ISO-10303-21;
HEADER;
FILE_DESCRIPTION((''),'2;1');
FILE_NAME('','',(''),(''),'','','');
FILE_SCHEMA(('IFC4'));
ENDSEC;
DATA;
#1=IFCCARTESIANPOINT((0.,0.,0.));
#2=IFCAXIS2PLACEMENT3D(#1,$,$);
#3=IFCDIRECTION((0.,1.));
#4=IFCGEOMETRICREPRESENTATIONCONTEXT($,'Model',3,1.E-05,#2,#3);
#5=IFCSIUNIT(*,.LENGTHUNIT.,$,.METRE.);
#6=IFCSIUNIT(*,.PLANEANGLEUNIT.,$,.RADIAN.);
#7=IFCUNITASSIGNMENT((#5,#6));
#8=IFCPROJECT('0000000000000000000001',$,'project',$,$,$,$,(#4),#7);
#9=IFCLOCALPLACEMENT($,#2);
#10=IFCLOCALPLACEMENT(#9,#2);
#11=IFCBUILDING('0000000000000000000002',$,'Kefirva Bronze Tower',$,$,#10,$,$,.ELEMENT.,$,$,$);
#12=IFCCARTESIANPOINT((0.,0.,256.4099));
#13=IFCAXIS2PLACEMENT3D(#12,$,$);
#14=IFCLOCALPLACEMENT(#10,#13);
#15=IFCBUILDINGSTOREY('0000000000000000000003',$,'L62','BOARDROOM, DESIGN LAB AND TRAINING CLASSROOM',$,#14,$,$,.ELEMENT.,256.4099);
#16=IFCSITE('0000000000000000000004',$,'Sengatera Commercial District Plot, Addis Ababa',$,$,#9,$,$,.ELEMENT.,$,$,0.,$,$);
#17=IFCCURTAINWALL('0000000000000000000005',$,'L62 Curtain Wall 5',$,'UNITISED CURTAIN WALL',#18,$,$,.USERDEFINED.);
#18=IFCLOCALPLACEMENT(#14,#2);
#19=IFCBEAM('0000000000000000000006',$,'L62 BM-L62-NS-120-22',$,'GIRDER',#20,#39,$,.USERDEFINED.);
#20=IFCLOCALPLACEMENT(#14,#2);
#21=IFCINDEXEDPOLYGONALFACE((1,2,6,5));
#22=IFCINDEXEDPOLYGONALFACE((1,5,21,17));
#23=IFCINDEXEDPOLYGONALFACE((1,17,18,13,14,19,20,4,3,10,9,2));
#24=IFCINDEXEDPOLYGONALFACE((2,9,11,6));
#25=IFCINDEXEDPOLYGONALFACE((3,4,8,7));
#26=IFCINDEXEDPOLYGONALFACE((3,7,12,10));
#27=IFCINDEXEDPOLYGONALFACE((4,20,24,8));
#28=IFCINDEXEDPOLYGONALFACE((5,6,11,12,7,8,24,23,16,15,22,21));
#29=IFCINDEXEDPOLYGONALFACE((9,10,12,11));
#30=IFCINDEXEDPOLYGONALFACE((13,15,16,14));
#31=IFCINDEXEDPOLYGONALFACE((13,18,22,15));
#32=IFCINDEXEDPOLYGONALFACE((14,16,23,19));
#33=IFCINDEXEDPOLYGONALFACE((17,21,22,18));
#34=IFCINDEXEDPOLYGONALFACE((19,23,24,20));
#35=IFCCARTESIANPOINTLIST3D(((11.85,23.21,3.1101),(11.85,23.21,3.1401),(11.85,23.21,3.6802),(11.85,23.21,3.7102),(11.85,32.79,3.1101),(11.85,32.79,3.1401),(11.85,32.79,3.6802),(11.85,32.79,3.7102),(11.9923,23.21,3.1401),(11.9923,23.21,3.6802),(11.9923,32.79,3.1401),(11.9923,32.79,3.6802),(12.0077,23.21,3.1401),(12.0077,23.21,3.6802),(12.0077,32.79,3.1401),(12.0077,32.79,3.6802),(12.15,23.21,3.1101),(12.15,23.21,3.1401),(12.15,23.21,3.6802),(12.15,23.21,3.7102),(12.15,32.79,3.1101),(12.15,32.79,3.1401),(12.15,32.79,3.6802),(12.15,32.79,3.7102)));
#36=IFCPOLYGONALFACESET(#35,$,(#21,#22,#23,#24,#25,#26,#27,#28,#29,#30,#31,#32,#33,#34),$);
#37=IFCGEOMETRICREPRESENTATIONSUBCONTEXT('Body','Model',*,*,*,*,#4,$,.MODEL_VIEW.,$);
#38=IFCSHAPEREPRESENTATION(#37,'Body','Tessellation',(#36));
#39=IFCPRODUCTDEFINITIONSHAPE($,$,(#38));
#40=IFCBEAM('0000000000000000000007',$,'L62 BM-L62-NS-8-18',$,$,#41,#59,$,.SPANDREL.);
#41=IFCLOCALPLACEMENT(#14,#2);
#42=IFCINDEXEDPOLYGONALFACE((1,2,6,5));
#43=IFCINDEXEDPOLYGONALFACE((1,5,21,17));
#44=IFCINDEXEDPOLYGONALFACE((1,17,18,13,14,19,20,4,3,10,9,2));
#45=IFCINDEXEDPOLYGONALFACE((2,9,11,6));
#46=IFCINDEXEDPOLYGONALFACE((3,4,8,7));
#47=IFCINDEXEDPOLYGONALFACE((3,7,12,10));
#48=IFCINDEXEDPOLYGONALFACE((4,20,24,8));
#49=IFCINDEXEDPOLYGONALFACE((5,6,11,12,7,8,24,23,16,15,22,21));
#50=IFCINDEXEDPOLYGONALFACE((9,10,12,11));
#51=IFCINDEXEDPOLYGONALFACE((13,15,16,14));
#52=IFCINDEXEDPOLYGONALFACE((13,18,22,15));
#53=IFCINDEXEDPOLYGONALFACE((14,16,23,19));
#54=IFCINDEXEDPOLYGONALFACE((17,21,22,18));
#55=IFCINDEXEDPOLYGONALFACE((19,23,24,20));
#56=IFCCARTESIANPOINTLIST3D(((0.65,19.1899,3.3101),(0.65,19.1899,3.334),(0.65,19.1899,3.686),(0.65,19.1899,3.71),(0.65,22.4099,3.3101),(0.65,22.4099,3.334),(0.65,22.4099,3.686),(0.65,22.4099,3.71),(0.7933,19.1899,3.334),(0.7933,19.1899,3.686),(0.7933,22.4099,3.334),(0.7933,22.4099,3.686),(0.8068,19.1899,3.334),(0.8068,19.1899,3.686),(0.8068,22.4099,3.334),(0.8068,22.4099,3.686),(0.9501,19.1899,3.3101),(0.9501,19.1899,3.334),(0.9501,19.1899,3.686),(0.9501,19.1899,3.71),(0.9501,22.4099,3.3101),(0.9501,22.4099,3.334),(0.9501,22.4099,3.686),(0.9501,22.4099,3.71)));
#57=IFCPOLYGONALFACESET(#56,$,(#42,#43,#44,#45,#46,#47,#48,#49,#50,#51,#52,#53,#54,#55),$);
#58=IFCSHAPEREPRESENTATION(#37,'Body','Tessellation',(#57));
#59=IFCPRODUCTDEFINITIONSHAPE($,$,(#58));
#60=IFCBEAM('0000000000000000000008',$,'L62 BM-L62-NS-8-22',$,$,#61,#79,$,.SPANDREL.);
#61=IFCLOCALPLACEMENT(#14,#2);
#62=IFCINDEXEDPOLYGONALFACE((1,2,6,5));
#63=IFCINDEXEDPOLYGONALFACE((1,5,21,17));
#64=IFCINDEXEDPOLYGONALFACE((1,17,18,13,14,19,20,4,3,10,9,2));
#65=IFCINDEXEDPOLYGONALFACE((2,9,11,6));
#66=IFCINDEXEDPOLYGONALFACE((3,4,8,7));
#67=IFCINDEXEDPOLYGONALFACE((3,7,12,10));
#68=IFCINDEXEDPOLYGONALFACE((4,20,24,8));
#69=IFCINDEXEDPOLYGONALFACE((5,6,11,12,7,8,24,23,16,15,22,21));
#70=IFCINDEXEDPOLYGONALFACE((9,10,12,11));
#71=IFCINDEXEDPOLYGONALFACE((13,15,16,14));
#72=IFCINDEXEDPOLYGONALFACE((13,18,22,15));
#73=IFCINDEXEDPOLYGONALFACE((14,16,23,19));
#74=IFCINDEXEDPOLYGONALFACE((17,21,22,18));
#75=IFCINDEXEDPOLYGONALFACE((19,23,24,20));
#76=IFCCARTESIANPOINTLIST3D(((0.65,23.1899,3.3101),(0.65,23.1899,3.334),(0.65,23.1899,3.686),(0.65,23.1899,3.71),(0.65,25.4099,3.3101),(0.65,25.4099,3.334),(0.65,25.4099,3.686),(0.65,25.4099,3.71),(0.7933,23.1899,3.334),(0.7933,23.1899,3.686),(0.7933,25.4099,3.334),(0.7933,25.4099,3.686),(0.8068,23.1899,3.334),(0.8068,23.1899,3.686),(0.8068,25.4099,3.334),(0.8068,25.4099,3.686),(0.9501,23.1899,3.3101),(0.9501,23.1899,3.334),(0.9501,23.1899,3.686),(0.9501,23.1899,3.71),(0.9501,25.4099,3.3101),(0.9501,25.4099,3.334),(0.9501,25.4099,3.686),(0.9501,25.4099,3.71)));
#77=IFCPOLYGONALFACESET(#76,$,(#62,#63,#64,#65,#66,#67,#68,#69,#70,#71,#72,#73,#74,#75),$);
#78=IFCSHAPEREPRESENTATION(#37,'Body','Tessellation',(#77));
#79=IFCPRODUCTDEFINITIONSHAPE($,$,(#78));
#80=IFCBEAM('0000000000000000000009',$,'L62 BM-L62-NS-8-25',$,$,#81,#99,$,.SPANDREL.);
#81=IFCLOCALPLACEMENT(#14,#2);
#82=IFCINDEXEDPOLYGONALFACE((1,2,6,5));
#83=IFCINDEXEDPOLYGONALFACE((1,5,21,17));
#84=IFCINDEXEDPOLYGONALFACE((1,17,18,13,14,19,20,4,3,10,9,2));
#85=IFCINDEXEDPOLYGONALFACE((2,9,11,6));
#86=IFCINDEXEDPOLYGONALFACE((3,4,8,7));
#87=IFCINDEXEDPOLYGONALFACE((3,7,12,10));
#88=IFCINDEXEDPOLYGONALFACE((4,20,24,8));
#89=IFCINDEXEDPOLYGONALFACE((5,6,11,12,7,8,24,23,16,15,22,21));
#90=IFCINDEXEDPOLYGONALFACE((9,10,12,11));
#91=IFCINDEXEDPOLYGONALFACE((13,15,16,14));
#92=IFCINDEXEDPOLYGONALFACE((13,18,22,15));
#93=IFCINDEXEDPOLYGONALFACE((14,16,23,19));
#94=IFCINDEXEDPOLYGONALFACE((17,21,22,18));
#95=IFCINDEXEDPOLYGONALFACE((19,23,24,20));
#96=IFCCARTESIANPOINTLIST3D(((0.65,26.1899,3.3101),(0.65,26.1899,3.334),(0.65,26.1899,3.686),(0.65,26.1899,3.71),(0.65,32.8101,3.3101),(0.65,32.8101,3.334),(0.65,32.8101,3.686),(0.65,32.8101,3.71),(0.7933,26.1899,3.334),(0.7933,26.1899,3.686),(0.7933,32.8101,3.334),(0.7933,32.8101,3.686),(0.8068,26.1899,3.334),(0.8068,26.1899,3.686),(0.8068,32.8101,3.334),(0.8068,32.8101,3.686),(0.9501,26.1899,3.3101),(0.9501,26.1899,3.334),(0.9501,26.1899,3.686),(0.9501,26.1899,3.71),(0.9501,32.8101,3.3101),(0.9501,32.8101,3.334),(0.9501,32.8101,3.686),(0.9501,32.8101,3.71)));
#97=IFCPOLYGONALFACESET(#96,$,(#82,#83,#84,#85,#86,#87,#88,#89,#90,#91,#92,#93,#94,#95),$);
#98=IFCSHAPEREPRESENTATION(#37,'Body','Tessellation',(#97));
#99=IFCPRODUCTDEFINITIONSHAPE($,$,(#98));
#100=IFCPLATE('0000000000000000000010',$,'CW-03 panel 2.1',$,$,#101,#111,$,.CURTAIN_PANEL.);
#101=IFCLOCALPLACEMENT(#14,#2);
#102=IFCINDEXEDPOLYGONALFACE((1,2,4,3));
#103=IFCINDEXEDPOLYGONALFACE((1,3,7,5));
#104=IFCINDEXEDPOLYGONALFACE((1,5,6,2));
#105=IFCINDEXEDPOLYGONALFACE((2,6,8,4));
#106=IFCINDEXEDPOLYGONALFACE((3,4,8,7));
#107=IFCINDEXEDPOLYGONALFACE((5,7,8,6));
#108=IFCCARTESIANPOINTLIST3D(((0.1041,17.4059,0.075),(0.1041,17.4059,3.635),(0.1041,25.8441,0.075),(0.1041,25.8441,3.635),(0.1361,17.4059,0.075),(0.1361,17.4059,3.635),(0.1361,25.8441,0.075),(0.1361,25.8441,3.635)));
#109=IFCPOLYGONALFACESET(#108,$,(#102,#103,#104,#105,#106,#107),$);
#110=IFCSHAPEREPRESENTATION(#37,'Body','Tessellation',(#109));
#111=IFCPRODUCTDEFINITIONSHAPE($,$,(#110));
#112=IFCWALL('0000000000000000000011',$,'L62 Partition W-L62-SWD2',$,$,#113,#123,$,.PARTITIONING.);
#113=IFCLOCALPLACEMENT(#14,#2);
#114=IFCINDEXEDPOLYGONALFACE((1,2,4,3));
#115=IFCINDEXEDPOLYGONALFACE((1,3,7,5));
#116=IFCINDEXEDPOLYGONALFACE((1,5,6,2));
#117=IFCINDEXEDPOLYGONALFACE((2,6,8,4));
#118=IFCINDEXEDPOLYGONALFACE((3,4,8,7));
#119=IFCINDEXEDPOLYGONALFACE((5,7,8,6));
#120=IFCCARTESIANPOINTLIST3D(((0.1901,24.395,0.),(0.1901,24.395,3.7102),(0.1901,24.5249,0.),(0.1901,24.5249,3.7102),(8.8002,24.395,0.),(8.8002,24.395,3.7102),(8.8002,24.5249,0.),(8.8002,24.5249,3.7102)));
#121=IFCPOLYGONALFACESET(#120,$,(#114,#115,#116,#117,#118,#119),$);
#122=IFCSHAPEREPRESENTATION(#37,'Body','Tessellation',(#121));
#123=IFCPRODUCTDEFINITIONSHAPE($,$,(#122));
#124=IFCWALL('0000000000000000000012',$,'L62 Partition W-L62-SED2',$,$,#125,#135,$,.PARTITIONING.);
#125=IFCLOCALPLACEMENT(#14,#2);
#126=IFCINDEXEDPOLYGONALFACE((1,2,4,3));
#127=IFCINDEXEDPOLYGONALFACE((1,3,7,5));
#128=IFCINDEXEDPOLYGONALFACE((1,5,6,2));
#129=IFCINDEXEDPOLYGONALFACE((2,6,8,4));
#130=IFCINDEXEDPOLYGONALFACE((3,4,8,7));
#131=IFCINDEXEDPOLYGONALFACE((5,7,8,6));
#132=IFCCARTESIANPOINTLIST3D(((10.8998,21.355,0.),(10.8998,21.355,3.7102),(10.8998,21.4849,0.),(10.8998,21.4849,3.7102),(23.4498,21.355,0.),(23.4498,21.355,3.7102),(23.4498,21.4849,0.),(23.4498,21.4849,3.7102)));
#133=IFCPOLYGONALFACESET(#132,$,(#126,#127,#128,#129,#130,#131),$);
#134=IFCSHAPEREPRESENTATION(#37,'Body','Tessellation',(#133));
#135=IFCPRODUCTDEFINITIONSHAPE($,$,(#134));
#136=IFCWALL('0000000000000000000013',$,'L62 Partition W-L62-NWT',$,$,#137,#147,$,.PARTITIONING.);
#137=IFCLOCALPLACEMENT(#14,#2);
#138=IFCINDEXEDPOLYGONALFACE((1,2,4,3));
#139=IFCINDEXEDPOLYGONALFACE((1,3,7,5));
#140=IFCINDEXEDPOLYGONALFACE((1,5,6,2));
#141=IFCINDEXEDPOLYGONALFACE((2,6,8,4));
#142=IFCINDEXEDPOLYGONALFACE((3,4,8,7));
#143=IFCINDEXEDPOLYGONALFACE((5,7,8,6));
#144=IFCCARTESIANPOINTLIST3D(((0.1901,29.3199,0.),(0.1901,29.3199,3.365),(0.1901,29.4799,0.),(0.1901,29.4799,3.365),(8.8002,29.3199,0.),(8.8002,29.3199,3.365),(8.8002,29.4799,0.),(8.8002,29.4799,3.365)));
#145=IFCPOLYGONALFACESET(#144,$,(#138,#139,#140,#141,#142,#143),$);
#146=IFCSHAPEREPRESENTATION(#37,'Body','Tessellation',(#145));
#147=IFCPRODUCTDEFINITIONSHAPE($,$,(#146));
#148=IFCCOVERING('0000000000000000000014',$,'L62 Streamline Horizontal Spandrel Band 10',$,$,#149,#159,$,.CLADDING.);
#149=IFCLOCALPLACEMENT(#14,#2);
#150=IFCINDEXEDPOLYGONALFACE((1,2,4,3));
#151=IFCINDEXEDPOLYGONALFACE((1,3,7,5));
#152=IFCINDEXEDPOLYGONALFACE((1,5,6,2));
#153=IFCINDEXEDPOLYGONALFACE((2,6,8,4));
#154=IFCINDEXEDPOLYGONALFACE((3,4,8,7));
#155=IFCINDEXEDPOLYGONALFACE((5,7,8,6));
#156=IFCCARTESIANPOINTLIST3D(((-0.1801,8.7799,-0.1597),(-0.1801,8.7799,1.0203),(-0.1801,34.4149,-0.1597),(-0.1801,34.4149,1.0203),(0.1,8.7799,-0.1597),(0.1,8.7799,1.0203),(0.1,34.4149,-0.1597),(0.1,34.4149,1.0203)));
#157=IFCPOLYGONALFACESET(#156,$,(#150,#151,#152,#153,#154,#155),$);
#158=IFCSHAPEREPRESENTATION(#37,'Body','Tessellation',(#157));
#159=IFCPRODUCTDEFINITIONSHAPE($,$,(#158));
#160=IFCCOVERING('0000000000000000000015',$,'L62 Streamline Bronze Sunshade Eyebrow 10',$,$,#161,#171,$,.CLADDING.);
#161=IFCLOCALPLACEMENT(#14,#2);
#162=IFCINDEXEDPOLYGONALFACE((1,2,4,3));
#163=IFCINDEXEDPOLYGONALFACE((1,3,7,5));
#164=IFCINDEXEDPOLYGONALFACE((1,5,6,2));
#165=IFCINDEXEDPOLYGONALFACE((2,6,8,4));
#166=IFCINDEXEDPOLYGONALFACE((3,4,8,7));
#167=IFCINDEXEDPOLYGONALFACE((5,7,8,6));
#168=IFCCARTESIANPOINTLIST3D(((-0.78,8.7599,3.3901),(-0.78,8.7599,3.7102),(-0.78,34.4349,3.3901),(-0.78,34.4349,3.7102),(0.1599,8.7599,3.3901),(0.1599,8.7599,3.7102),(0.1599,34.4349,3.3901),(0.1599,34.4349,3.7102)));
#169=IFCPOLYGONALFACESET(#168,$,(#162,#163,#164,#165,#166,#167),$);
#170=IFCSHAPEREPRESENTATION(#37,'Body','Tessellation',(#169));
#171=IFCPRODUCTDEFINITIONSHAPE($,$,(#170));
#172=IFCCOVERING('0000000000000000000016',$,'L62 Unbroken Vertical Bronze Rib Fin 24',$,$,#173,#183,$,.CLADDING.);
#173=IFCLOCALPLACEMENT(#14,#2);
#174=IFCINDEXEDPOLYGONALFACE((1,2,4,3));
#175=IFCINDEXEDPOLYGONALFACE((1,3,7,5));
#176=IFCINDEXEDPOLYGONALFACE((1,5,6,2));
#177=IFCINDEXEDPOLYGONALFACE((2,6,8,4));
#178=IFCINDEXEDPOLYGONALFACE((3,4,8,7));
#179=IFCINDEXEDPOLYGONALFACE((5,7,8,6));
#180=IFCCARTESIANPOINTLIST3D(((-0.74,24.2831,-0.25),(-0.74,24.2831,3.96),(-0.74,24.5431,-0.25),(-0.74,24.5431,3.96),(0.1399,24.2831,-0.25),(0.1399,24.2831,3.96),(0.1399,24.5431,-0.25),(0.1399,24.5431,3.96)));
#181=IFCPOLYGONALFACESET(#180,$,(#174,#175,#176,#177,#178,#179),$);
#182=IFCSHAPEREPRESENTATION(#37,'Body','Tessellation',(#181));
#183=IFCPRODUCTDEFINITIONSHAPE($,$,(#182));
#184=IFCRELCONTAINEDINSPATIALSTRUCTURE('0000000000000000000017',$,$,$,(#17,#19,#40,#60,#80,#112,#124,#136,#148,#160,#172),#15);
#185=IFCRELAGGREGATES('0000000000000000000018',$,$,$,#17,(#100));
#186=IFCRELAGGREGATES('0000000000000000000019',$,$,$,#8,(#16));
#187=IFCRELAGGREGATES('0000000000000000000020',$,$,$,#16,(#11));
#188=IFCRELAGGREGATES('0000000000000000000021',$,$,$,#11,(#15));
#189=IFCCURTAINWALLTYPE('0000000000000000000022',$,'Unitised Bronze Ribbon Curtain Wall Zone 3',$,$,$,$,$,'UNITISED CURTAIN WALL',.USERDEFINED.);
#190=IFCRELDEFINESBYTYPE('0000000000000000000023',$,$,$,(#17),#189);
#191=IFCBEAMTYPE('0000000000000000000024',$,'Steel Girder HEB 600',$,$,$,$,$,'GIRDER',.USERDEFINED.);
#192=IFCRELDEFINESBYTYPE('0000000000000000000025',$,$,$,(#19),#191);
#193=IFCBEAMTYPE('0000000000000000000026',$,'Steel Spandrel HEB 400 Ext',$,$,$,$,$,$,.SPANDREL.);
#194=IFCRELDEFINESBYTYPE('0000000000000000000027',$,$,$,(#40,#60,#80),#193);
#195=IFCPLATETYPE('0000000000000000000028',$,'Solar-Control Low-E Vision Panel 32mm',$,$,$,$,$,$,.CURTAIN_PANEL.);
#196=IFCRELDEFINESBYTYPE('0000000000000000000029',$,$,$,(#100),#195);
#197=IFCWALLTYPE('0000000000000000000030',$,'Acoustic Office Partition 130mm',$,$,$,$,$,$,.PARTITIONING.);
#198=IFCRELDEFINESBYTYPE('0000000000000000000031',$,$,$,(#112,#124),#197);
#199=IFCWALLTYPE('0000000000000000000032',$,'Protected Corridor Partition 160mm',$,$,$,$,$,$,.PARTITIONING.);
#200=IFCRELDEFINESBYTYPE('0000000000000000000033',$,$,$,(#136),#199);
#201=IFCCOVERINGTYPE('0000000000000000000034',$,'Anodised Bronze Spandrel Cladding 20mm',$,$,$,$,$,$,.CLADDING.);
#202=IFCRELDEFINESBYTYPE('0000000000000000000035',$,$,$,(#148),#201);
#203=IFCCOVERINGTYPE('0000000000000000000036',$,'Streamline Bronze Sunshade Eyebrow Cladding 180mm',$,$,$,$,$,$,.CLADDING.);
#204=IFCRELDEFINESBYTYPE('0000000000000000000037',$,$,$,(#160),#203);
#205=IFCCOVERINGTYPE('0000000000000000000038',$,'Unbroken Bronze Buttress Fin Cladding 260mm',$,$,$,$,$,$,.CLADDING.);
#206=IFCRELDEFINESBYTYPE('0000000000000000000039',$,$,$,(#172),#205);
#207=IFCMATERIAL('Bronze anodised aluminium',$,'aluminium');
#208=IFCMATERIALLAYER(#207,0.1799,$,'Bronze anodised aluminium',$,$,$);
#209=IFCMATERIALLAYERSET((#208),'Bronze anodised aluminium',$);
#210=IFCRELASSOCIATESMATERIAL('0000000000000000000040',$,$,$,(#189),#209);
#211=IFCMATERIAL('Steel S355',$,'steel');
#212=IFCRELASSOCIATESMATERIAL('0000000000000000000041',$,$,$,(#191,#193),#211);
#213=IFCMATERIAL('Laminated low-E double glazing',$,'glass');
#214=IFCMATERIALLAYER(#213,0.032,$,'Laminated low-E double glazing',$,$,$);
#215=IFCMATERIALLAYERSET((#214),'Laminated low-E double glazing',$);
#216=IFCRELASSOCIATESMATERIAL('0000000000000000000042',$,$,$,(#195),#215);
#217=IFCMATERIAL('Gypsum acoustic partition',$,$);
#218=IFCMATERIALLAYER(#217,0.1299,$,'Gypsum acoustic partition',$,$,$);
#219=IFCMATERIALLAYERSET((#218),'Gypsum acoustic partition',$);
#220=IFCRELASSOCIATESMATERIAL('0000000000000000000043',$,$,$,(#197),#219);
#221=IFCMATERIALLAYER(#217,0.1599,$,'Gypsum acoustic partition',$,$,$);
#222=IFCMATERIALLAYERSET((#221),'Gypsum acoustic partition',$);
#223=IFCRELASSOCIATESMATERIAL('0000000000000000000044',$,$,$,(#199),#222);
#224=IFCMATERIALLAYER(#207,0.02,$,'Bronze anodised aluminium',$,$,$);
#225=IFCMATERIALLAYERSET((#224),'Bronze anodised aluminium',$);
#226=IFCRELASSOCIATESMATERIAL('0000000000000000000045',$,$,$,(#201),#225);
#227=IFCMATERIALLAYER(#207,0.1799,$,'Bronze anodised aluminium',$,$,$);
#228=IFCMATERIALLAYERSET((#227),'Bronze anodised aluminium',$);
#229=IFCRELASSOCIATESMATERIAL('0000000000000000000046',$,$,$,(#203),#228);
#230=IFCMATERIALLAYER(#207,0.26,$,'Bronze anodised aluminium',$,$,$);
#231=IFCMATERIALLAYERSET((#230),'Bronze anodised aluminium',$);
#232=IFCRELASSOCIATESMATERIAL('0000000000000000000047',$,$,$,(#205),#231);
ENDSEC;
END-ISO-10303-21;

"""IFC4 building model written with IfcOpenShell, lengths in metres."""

from ifc_helpers import new_model, si_unit, direction, frame, frame_2d, origin, origin_2d, place, context, subcontext, project, spatial, rectangle, i_section, extrude, material, layer, layer_set, material_profile, profile_set, type_object, element, aggregate, save


model = new_model("IFC4")

# Units and contexts
model_context = context("Model", 3, precision=1e-05, world=origin(), true_north=direction((0.0, 1.0)))
body_context = subcontext(model_context, "Body", "Model", "MODEL_VIEW")
ifc_project = project(units=[si_unit("LENGTHUNIT", "METRE"), si_unit("PLANEANGLEUNIT", "RADIAN")], contexts=[model_context])

# Site, building, storey
site_placement = place(None, origin())
site = spatial("IfcSite", under=ifc_project, at=site_placement, Name="Sengatera Commercial District Plot, Addis Ababa", CompositionType="ELEMENT", RefElevation=0.0)
building_placement = place(site_placement, origin())
building = spatial("IfcBuilding", under=site, at=building_placement, Name="Kefirva Bronze Tower", CompositionType="ELEMENT")
storey_placement = place(building_placement, frame((0.0, 0.0, 256.4099)))
storey = spatial("IfcBuildingStorey", under=building, at=storey_placement, Name="L62", Description="BOARDROOM, DESIGN LAB AND TRAINING CLASSROOM", CompositionType="ELEMENT", Elevation=256.4099)

# Curtain wall
ifc_material_1 = material(Name="Bronze anodised aluminium", Category="aluminium")
ifc_layer_1 = layer(ifc_material_1, 0.1799, Name="Bronze anodised aluminium")
ifc_layer_set_1 = layer_set([ifc_layer_1], Name="Bronze anodised aluminium")
curtain_wall_type = type_object("IfcCurtainWallType", Name="Unitised Bronze Ribbon Curtain Wall Zone 3", ElementType="UNITISED CURTAIN WALL", PredefinedType="USERDEFINED", material=ifc_layer_set_1)
curtain_wall_placement = place(storey_placement, origin())
curtain_wall = element("IfcCurtainWall", 1, at=curtain_wall_placement, inside=storey, type_object=curtain_wall_type, Name="L62 Curtain Wall 5", ObjectType="UNITISED CURTAIN WALL", PredefinedType="USERDEFINED")

# Beams
ifc_material_2 = material(Name="Steel S355", Category="steel")
ifc_material_profile_1 = material_profile(ifc_material_2, i_section(OverallWidth=0.3, OverallDepth=0.6001, WebThickness=0.0154, FlangeThickness=0.03, at=origin_2d()), Name="HEB 600")
ifc_profile_set_1 = profile_set([ifc_material_profile_1], Name="Steel S355")
beam_type_1 = type_object("IfcBeamType", Name="Steel Girder HEB 600", ElementType="GIRDER", PredefinedType="USERDEFINED", material=ifc_profile_set_1)
beam_1_placement = place(storey_placement, frame((12.0, 23.21, 3.4102), z_axis=(0.0, 1.0, 0.0), x_axis=(-1.0, 0.0, 0.0)))
element("IfcBeam", 2, at=beam_1_placement, inside=storey, type_object=beam_type_1, Name="L62 BM-L62-NS-120-22", ObjectType="GIRDER", PredefinedType="USERDEFINED", context=body_context, shape_type="SweptSolid", body=[
    extrude(i_section(OverallWidth=0.3, OverallDepth=0.6001, WebThickness=0.0154, FlangeThickness=0.03, at=origin_2d()), origin(), (0.0, 0.0, 1.0), 9.5801),
])
ifc_material_profile_2 = material_profile(ifc_material_2, i_section(OverallWidth=0.3, OverallDepth=0.3999, WebThickness=0.0134, FlangeThickness=0.0239, at=origin_2d()), Name="HEB 400")
ifc_profile_set_2 = profile_set([ifc_material_profile_2], Name="Steel S355")
beam_type_2 = type_object("IfcBeamType", Name="Steel Spandrel HEB 400 Ext", PredefinedType="SPANDREL", material=ifc_profile_set_2)
beam_2_placement = place(storey_placement, frame((0.8, 19.1899, 3.51), z_axis=(0.0, 1.0, 0.0), x_axis=(-1.0, 0.0, 0.0)))
element("IfcBeam", 3, at=beam_2_placement, inside=storey, type_object=beam_type_2, Name="L62 BM-L62-NS-8-18", PredefinedType="SPANDREL", context=body_context, shape_type="SweptSolid", body=[
    extrude(i_section(OverallWidth=0.3, OverallDepth=0.3999, WebThickness=0.0134, FlangeThickness=0.0239, at=origin_2d()), origin(), (0.0, 0.0, 1.0), 3.22),
])
beam_3_placement = place(storey_placement, frame((0.8, 23.1899, 3.51), z_axis=(0.0, 1.0, 0.0), x_axis=(-1.0, 0.0, 0.0)))
element("IfcBeam", 4, at=beam_3_placement, inside=storey, type_object=beam_type_2, Name="L62 BM-L62-NS-8-22", PredefinedType="SPANDREL", context=body_context, shape_type="SweptSolid", body=[
    extrude(i_section(OverallWidth=0.3, OverallDepth=0.3999, WebThickness=0.0134, FlangeThickness=0.0239, at=origin_2d()), origin(), (0.0, 0.0, 1.0), 2.22),
])
beam_4_placement = place(storey_placement, frame((0.8, 26.1899, 3.51), z_axis=(0.0, 1.0, 0.0), x_axis=(-1.0, 0.0, 0.0)))
element("IfcBeam", 5, at=beam_4_placement, inside=storey, type_object=beam_type_2, Name="L62 BM-L62-NS-8-25", PredefinedType="SPANDREL", context=body_context, shape_type="SweptSolid", body=[
    extrude(i_section(OverallWidth=0.3, OverallDepth=0.3999, WebThickness=0.0134, FlangeThickness=0.0239, at=origin_2d()), origin(), (0.0, 0.0, 1.0), 6.6201),
])

# Plate
ifc_material_3 = material(Name="Laminated low-E double glazing", Category="glass")
ifc_layer_2 = layer(ifc_material_3, 0.032, Name="Laminated low-E double glazing")
ifc_layer_set_2 = layer_set([ifc_layer_2], Name="Laminated low-E double glazing")
plate_type = type_object("IfcPlateType", Name="Solar-Control Low-E Vision Panel 32mm", PredefinedType="CURTAIN_PANEL", material=ifc_layer_set_2)
plate_placement = place(storey_placement, frame((0.1201, 21.625, 0.075), z_axis=(0.0, 0.0, 1.0), x_axis=(0.0, -1.0, 0.0)))
plate = element("IfcPlate", 6, at=plate_placement, type_object=plate_type, Name="CW-03 panel 2.1", PredefinedType="CURTAIN_PANEL", context=body_context, shape_type="SweptSolid", body=[
    extrude(rectangle(XDim=8.4382, YDim=0.032, at=origin_2d()), origin(), (0.0, 0.0, 1.0), 3.5601),
])
aggregate(curtain_wall, [plate])

# Walls
ifc_material_4 = material(Name="Gypsum acoustic partition")
ifc_layer_3 = layer(ifc_material_4, 0.1299, Name="Gypsum acoustic partition")
ifc_layer_set_3 = layer_set([ifc_layer_3], Name="Gypsum acoustic partition")
wall_type_1 = type_object("IfcWallType", Name="Acoustic Office Partition 130mm", PredefinedType="PARTITIONING", material=ifc_layer_set_3)
wall_1_placement = place(storey_placement, frame((0.1899, 24.46, 0.0), z_axis=(0.0, 0.0, 1.0), x_axis=(1.0, 0.0, 0.0)))
element("IfcWall", 7, at=wall_1_placement, inside=storey, type_object=wall_type_1, Name="L62 Partition W-L62-SWD2", PredefinedType="PARTITIONING", context=body_context, shape_type="SweptSolid", body=[
    extrude(rectangle(XDim=8.6101, YDim=0.1299, at=frame_2d((4.3052, 0.0))), origin(), (0.0, 0.0, 1.0), 3.7102),
])
wall_2_placement = place(storey_placement, frame((10.8999, 21.4199, 0.0), z_axis=(0.0, 0.0, 1.0), x_axis=(1.0, 0.0, 0.0)))
element("IfcWall", 8, at=wall_2_placement, inside=storey, type_object=wall_type_1, Name="L62 Partition W-L62-SED2", PredefinedType="PARTITIONING", context=body_context, shape_type="SweptSolid", body=[
    extrude(rectangle(XDim=12.55, YDim=0.1299, at=frame_2d((6.2749, 0.0))), origin(), (0.0, 0.0, 1.0), 3.7102),
])
ifc_layer_4 = layer(ifc_material_4, 0.1599, Name="Gypsum acoustic partition")
ifc_layer_set_4 = layer_set([ifc_layer_4], Name="Gypsum acoustic partition")
wall_type_2 = type_object("IfcWallType", Name="Protected Corridor Partition 160mm", PredefinedType="PARTITIONING", material=ifc_layer_set_4)
wall_3_placement = place(storey_placement, frame((0.1899, 29.3999, 0.0), z_axis=(0.0, 0.0, 1.0), x_axis=(1.0, 0.0, 0.0)))
element("IfcWall", 9, at=wall_3_placement, inside=storey, type_object=wall_type_2, Name="L62 Partition W-L62-NWT", PredefinedType="PARTITIONING", context=body_context, shape_type="SweptSolid", body=[
    extrude(rectangle(XDim=8.6101, YDim=0.1599, at=frame_2d((4.3052, 0.0))), origin(), (0.0, 0.0, 1.0), 3.365),
])

# Coverings
ifc_layer_5 = layer(ifc_material_1, 0.02, Name="Bronze anodised aluminium")
ifc_layer_set_5 = layer_set([ifc_layer_5], Name="Bronze anodised aluminium")
covering_type_1 = type_object("IfcCoveringType", Name="Anodised Bronze Spandrel Cladding 20mm", PredefinedType="CLADDING", material=ifc_layer_set_5)
covering_1_placement = place(storey_placement, frame((-0.04, 21.5974, -0.1597), z_axis=(0.0, 0.0, 1.0), x_axis=(0.0, -1.0, 0.0)))
element("IfcCovering", 10, at=covering_1_placement, inside=storey, type_object=covering_type_1, Name="L62 Streamline Horizontal Spandrel Band 10", PredefinedType="CLADDING", context=body_context, shape_type="SweptSolid", body=[
    extrude(rectangle(XDim=25.635, YDim=0.28, at=origin_2d()), origin(), (0.0, 0.0, 1.0), 1.1799),
])
ifc_layer_6 = layer(ifc_material_1, 0.1799, Name="Bronze anodised aluminium")
ifc_layer_set_6 = layer_set([ifc_layer_6], Name="Bronze anodised aluminium")
covering_type_2 = type_object("IfcCoveringType", Name="Streamline Bronze Sunshade Eyebrow Cladding 180mm", PredefinedType="CLADDING", material=ifc_layer_set_6)
covering_2_placement = place(storey_placement, frame((-0.3101, 21.5974, 3.3901), z_axis=(0.0, 0.0, 1.0), x_axis=(0.0, -1.0, 0.0)))
element("IfcCovering", 11, at=covering_2_placement, inside=storey, type_object=covering_type_2, Name="L62 Streamline Bronze Sunshade Eyebrow 10", PredefinedType="CLADDING", context=body_context, shape_type="SweptSolid", body=[
    extrude(rectangle(XDim=25.675, YDim=0.9399, at=origin_2d()), origin(), (0.0, 0.0, 1.0), 0.3201),
])
ifc_layer_7 = layer(ifc_material_1, 0.26, Name="Bronze anodised aluminium")
ifc_layer_set_7 = layer_set([ifc_layer_7], Name="Bronze anodised aluminium")
covering_type_3 = type_object("IfcCoveringType", Name="Unbroken Bronze Buttress Fin Cladding 260mm", PredefinedType="CLADDING", material=ifc_layer_set_7)
covering_3_placement = place(storey_placement, frame((-0.3, 24.4131, -0.25), z_axis=(0.0, 0.0, 1.0), x_axis=(0.0, -1.0, 0.0)))
element("IfcCovering", 12, at=covering_3_placement, inside=storey, type_object=covering_type_3, Name="L62 Unbroken Vertical Bronze Rib Fin 24", PredefinedType="CLADDING", context=body_context, shape_type="SweptSolid", body=[
    extrude(rectangle(XDim=0.26, YDim=0.8799, at=origin_2d()), origin(), (0.0, 0.0, 1.0), 4.21),
])

save(model, "model.ifc")
